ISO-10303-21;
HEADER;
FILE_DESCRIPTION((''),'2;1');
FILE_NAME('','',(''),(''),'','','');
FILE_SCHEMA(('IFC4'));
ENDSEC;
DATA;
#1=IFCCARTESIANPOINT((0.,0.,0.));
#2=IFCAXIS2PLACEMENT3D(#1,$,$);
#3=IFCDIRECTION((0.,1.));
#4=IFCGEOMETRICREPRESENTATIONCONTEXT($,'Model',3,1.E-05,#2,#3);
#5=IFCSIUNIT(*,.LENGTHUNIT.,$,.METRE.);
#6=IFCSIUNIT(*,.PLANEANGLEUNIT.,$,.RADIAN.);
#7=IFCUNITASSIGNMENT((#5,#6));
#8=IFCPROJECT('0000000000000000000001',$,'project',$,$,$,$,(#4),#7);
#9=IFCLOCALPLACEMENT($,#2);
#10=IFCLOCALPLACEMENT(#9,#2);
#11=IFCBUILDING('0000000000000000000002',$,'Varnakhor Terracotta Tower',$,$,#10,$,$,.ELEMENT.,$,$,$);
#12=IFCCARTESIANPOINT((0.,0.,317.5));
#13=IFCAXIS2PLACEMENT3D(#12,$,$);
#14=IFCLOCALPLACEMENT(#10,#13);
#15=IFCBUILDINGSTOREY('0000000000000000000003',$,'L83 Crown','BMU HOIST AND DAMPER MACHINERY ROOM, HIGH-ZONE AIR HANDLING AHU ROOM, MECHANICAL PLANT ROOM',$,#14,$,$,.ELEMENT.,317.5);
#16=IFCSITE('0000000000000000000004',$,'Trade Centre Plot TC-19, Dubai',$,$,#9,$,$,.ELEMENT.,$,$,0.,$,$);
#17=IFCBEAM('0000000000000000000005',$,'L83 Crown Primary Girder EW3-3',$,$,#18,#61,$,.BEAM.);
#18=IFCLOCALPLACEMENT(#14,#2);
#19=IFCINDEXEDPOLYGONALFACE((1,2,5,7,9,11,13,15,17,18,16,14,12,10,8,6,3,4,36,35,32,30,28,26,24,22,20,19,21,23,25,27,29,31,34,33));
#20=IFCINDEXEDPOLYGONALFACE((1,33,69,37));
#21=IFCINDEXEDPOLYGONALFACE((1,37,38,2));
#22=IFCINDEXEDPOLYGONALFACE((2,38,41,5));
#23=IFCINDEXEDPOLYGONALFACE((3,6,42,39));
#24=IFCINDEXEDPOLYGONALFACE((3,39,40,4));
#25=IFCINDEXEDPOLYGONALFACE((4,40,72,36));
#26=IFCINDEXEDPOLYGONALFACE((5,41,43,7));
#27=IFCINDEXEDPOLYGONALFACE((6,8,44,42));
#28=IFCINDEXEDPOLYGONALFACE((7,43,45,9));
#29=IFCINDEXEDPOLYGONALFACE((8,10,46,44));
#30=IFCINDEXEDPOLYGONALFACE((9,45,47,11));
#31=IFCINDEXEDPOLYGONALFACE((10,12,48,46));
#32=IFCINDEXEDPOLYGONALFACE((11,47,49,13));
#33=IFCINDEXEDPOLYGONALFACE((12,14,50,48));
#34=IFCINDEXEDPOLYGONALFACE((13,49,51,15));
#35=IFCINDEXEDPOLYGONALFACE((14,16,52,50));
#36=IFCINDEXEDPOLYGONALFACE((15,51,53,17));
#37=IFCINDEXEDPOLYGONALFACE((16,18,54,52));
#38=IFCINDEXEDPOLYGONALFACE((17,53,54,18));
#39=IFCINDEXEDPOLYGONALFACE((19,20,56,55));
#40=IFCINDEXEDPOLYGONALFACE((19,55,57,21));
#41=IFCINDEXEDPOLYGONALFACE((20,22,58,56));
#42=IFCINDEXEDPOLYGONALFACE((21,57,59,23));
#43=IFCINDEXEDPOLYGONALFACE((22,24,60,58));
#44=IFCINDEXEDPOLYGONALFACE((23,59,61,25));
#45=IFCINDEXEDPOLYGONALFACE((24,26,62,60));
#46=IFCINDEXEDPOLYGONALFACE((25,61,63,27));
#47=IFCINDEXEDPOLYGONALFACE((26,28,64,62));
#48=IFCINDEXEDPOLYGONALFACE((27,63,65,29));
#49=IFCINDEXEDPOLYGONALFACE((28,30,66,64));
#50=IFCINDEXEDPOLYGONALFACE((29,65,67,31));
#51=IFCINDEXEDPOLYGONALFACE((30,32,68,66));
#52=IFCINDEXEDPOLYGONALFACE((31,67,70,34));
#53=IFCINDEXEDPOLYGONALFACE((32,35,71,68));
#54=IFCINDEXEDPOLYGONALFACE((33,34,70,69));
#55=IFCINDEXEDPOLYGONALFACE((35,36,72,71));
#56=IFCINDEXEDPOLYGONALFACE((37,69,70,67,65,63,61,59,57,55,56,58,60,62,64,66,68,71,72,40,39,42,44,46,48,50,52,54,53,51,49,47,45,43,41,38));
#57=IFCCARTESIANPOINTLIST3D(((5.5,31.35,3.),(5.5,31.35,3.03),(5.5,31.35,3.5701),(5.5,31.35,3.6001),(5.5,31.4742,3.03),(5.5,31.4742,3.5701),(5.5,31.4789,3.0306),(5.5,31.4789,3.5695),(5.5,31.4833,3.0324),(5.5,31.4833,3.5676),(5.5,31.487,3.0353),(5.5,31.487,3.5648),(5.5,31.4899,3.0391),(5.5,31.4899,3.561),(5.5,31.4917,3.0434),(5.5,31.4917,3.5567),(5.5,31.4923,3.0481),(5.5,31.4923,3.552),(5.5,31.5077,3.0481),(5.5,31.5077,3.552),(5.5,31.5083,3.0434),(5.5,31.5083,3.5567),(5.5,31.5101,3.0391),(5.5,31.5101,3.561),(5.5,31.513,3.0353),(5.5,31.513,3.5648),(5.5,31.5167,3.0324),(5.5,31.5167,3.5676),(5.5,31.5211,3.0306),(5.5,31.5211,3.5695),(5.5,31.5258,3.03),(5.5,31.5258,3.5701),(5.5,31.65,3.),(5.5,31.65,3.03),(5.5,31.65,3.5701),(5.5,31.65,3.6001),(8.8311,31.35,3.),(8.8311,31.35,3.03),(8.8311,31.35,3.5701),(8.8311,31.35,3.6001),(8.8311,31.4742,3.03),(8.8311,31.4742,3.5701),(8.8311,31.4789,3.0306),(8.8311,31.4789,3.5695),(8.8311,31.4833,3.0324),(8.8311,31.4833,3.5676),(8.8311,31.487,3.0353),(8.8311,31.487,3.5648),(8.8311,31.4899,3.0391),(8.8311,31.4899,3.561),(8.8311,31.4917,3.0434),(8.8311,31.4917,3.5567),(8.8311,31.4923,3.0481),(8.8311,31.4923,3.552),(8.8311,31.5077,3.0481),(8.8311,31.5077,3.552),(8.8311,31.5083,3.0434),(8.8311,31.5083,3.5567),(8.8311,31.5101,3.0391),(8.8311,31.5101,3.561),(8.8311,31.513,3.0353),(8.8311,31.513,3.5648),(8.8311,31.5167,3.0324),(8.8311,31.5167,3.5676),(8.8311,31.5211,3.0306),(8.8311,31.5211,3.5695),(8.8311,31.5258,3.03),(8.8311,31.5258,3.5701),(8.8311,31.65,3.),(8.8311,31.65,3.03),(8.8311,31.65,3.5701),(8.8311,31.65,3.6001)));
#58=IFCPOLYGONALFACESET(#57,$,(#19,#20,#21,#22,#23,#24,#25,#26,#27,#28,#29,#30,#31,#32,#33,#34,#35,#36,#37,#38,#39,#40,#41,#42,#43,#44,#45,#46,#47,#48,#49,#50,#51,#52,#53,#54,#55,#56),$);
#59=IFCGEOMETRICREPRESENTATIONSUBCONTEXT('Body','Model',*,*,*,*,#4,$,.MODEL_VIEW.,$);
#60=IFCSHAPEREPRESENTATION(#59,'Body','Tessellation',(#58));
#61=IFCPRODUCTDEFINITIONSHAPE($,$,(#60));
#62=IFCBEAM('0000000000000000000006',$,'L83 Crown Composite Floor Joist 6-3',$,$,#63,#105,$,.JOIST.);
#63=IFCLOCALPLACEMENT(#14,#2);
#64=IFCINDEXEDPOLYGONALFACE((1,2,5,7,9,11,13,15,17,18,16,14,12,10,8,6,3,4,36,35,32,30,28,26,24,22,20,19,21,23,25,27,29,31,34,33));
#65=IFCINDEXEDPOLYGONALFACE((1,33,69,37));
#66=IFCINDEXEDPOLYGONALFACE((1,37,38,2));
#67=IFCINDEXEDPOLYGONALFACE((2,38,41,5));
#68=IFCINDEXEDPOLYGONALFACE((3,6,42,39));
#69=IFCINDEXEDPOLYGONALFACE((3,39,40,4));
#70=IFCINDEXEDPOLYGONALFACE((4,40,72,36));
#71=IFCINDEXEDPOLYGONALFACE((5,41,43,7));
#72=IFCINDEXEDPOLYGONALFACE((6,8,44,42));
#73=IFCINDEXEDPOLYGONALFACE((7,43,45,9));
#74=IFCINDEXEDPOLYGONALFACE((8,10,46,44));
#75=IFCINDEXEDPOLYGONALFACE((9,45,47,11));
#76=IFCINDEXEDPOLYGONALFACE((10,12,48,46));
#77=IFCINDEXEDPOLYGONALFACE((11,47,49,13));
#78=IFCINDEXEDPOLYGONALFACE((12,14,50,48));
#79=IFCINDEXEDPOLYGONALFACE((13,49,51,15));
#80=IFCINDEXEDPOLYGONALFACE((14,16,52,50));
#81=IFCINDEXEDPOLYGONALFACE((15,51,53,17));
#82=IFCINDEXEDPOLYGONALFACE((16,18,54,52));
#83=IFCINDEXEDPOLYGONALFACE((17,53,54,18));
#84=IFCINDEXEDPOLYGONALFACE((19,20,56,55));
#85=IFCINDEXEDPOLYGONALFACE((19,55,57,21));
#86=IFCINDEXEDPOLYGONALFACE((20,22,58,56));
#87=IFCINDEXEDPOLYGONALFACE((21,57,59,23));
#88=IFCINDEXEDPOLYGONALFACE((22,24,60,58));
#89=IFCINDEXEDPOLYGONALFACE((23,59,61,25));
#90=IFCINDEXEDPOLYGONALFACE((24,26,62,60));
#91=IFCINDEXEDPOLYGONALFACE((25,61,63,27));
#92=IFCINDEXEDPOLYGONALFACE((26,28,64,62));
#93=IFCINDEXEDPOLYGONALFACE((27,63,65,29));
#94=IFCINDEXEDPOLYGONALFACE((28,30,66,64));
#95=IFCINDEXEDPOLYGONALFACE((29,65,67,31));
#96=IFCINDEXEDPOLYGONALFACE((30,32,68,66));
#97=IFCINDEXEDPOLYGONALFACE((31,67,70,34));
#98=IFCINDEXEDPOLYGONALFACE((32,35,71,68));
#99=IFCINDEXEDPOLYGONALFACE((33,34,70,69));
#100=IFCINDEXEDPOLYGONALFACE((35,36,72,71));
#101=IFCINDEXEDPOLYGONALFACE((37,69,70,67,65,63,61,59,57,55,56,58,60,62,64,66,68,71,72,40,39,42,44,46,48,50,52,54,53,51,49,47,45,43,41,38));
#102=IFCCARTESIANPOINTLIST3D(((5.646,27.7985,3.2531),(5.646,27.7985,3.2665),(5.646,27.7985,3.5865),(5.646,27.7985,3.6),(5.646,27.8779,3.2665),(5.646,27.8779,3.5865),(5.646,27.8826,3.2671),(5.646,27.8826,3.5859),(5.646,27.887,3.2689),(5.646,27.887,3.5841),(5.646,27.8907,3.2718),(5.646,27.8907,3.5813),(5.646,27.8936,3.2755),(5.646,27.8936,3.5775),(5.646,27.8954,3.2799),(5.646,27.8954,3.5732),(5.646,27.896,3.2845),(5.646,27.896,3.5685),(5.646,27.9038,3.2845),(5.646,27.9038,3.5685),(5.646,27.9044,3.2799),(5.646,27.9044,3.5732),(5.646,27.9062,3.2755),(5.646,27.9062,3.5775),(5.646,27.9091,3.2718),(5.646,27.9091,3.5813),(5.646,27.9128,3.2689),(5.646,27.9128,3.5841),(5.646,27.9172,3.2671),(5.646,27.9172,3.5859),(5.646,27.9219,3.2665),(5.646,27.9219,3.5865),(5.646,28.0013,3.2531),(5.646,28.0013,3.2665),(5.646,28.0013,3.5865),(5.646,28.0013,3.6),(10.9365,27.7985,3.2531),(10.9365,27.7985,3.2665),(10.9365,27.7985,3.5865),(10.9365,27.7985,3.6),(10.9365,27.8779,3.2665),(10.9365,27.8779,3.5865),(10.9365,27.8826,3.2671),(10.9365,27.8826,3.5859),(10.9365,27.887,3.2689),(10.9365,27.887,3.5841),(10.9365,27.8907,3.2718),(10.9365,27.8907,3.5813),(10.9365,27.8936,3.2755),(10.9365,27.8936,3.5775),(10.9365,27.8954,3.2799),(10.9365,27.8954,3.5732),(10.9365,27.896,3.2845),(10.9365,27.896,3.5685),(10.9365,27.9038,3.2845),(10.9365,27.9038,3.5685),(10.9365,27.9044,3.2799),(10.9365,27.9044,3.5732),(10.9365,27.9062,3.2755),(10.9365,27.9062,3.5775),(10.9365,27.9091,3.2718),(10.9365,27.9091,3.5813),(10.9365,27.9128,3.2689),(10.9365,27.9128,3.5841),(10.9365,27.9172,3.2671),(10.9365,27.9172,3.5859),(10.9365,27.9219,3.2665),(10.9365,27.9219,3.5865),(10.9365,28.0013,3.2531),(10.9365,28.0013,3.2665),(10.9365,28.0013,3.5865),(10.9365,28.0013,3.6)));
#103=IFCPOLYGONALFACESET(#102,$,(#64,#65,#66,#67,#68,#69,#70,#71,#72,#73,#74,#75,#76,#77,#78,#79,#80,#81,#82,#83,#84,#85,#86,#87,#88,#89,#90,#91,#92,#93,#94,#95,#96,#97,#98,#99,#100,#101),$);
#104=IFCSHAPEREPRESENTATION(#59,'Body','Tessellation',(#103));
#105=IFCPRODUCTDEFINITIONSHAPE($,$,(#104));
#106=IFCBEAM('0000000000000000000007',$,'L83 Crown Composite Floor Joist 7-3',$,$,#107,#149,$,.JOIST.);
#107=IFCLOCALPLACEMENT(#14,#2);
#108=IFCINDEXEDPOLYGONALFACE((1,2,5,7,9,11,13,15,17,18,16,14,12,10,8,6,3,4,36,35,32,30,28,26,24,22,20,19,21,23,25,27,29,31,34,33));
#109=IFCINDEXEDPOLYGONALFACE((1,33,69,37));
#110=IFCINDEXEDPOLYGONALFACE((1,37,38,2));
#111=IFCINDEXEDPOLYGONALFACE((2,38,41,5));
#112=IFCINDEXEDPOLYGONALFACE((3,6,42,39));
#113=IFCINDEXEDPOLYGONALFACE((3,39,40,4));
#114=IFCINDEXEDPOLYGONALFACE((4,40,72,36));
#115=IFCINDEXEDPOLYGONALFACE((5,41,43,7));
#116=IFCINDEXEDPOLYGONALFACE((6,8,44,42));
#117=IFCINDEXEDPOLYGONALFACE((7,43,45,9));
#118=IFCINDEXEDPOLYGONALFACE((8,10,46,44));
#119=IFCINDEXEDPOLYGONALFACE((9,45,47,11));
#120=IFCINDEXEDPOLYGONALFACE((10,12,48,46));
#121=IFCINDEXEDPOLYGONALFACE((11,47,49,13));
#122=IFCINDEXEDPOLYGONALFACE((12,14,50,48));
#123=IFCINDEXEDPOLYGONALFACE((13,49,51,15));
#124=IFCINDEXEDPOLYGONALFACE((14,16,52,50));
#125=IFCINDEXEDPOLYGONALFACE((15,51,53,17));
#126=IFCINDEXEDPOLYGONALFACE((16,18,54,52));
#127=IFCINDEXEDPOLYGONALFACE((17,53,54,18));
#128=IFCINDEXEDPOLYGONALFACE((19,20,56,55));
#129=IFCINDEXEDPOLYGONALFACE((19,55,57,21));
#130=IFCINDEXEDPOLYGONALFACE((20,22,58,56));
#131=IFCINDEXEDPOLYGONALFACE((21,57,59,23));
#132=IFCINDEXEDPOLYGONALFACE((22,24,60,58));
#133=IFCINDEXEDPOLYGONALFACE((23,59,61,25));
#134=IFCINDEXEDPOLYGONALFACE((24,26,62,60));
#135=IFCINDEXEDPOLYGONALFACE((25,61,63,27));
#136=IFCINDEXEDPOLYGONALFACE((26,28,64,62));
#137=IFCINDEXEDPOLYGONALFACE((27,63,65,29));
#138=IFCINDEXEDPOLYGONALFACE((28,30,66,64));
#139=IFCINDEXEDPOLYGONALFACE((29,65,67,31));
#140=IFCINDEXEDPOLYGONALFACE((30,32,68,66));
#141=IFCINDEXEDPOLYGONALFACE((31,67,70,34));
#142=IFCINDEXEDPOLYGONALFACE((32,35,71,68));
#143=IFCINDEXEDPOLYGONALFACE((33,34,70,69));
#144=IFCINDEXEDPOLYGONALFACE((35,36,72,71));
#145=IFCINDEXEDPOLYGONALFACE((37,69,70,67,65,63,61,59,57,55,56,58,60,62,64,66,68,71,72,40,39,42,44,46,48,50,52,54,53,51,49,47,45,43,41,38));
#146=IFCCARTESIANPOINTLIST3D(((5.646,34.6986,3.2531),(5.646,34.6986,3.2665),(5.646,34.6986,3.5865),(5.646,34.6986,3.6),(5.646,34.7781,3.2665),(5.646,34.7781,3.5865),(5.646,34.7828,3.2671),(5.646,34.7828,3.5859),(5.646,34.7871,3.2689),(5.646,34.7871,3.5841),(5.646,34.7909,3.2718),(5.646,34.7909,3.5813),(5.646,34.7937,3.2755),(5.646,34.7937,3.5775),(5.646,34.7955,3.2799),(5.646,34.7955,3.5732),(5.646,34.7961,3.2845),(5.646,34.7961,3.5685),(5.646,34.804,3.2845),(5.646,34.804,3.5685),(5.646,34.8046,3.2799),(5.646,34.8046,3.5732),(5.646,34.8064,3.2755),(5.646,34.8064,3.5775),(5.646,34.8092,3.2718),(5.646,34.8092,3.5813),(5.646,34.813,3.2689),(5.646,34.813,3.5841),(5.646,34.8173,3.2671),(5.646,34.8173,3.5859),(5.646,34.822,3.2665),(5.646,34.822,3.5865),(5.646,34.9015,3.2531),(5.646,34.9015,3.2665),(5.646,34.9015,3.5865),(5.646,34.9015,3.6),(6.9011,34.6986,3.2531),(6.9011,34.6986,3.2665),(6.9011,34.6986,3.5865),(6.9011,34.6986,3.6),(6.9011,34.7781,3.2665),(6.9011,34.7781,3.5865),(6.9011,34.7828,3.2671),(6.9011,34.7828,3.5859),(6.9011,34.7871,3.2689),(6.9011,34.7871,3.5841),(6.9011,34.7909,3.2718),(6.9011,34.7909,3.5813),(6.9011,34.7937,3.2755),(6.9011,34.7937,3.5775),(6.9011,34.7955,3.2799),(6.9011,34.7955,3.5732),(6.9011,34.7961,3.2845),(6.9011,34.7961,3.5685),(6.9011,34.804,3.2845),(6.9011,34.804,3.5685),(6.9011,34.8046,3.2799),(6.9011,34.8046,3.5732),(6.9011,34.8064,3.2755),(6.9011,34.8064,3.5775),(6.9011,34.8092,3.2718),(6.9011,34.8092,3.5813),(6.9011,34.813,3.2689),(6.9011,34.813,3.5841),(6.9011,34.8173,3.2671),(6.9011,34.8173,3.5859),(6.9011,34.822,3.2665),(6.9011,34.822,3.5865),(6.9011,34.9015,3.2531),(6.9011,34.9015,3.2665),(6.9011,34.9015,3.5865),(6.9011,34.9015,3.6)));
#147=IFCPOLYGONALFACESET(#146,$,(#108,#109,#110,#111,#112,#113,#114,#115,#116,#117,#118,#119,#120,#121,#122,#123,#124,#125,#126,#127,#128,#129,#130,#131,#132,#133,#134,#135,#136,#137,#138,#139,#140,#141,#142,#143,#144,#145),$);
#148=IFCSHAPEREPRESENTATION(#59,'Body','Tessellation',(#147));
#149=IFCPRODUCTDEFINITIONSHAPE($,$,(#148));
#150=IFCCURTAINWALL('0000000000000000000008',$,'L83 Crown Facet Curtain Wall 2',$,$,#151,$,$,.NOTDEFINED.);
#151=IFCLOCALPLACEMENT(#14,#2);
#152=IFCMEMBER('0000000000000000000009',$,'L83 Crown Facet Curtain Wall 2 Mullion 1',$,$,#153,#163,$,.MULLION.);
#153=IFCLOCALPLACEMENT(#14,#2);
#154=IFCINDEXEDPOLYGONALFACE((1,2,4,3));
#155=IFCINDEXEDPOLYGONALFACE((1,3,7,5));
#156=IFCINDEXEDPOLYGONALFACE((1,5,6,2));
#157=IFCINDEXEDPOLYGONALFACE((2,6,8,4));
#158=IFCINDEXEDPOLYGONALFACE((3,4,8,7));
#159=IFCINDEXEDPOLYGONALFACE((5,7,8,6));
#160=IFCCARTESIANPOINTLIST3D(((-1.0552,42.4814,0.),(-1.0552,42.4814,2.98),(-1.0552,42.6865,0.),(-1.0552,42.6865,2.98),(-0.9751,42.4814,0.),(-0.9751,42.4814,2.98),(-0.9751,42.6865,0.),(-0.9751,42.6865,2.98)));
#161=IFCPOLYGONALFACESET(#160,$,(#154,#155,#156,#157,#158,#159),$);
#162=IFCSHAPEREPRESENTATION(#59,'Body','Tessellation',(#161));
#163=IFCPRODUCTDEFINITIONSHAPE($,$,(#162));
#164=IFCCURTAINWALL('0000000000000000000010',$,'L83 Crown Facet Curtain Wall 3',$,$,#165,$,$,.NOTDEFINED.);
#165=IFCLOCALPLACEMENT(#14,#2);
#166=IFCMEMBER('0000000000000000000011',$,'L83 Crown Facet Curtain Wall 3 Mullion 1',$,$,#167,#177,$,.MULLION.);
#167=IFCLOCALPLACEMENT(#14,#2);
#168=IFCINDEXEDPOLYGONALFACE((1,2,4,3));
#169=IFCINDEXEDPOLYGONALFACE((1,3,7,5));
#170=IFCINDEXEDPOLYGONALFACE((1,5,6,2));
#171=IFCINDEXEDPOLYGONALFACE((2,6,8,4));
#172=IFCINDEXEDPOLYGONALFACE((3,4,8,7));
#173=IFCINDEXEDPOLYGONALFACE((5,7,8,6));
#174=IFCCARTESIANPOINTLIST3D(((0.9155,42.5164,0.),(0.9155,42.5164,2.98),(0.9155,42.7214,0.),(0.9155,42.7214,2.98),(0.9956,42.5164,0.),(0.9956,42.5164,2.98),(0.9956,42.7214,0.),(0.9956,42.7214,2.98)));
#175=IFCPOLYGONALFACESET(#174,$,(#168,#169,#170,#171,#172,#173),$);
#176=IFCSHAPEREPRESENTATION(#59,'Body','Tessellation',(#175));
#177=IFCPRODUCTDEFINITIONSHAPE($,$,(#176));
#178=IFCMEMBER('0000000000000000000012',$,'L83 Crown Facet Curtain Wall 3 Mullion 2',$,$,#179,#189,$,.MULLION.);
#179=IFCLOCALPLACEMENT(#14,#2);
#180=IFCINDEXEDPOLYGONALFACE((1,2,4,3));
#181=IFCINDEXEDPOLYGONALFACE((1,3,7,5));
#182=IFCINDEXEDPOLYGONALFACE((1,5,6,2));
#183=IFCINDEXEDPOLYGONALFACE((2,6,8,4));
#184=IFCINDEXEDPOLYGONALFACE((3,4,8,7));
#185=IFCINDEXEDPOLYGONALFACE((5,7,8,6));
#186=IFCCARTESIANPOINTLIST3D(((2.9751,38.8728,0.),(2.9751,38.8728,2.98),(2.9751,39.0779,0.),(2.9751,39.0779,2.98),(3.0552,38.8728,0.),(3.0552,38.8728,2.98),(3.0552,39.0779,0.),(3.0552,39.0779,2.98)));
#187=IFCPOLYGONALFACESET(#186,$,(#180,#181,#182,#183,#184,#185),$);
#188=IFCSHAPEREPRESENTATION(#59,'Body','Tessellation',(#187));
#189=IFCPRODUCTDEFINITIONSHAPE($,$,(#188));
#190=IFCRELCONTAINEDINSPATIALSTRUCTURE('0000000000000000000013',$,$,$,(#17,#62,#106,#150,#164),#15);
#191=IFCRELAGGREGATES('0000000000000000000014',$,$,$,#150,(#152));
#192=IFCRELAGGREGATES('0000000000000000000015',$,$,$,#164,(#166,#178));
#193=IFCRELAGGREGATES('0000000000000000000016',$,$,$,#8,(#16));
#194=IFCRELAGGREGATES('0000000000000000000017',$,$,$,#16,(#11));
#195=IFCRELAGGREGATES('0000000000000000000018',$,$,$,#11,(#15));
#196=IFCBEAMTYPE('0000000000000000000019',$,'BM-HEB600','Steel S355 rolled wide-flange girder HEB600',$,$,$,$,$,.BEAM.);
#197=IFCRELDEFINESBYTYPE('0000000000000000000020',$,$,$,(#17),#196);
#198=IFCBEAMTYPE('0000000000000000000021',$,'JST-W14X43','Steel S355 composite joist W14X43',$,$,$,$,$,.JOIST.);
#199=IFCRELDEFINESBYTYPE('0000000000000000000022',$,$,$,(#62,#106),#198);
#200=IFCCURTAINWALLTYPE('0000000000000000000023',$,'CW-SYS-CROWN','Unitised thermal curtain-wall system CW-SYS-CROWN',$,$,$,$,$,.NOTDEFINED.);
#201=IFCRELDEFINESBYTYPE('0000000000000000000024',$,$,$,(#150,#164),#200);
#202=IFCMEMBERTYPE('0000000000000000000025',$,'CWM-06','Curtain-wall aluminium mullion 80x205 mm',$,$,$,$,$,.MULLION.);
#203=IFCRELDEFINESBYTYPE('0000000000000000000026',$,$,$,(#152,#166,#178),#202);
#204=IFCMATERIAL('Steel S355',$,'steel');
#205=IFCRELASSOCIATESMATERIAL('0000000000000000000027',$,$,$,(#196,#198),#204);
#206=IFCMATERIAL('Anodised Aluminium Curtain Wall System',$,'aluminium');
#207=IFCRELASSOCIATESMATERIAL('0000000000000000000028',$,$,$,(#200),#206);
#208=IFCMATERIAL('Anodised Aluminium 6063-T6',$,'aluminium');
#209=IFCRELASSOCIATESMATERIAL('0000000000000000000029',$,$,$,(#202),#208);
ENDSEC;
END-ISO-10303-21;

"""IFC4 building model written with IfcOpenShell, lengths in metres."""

from ifc_helpers import new_model, si_unit, direction, frame, origin, origin_2d, place, context, subcontext, project, spatial, rectangle, i_section, extrude, source, transform, mapped, material, material_profile, profile_set, type_object, type_shapes, element, aggregate, save


model = new_model("IFC4")

# Units and contexts
model_context = context("Model", 3, precision=1e-05, world=origin(), true_north=direction((0.0, 1.0)))
body_context = subcontext(model_context, "Body", "Model", "MODEL_VIEW")
ifc_project = project(units=[si_unit("LENGTHUNIT", "METRE"), si_unit("PLANEANGLEUNIT", "RADIAN")], contexts=[model_context])

# Site, building, storey
site_placement = place(None, origin())
site = spatial("IfcSite", under=ifc_project, at=site_placement, Name="Trade Centre Plot TC-19, Dubai", CompositionType="ELEMENT", RefElevation=0.0)
building_placement = place(site_placement, origin())
building = spatial("IfcBuilding", under=site, at=building_placement, Name="Varnakhor Terracotta Tower", CompositionType="ELEMENT")
storey_placement = place(building_placement, frame((0.0, 0.0, 317.5)))
storey = spatial("IfcBuildingStorey", under=building, at=storey_placement, Name="L83 Crown", Description="BMU HOIST AND DAMPER MACHINERY ROOM, HIGH-ZONE AIR HANDLING AHU ROOM, MECHANICAL PLANT ROOM", CompositionType="ELEMENT", Elevation=317.5)

# Shared definitions
ifc_material_1 = material(Name="Steel S355", Category="steel")

# Beams
ifc_material_profile_1 = material_profile(ifc_material_1, i_section(OverallWidth=0.3, OverallDepth=0.6001, WebThickness=0.0154, FlangeThickness=0.03, FilletRadius=0.0181, at=origin_2d()), Name="HEB600")
ifc_profile_set_1 = profile_set([ifc_material_profile_1], Name="Steel S355")
beam_type_1 = type_object("IfcBeamType", Name="BM-HEB600", Description="Steel S355 rolled wide-flange girder HEB600", PredefinedType="BEAM", material=ifc_profile_set_1)
shared_shape_1 = source(origin(), body_context, "Body", "SweptSolid", [
    extrude(i_section(OverallWidth=0.3, OverallDepth=0.6001, WebThickness=0.0154, FlangeThickness=0.03, FilletRadius=0.0181, at=origin_2d()), origin(), (0.0, 0.0, 1.0), 3.3311),
])
beam_1_placement = place(storey_placement, frame((5.5, 31.5, 3.3), z_axis=(1.0, 0.0, 0.0), x_axis=(0.0, 1.0, 0.0)))
element("IfcBeam", 1, at=beam_1_placement, inside=storey, type_object=beam_type_1, Name="L83 Crown Primary Girder EW3-3", PredefinedType="BEAM", context=body_context, shape_type="MappedRepresentation", body=[
    mapped(shared_shape_1, transform((0.0, 0.0, 0.0), scale=1.0)),
])
ifc_material_profile_2 = material_profile(ifc_material_1, i_section(OverallWidth=0.2029, OverallDepth=0.3469, WebThickness=0.0078, FlangeThickness=0.0134, FilletRadius=0.0181, at=origin_2d()), Name="W14X43")
ifc_profile_set_2 = profile_set([ifc_material_profile_2], Name="Steel S355")
beam_type_2 = type_object("IfcBeamType", Name="JST-W14X43", Description="Steel S355 composite joist W14X43", PredefinedType="JOIST", material=ifc_profile_set_2)
shared_shape_2 = source(origin(), body_context, "Body", "SweptSolid", [
    extrude(i_section(OverallWidth=0.2029, OverallDepth=0.3469, WebThickness=0.0078, FlangeThickness=0.0134, FilletRadius=0.0181, at=origin_2d()), origin(), (0.0, 0.0, 1.0), 5.2905),
])
beam_2_placement = place(storey_placement, frame((5.646, 27.8999, 3.4265), z_axis=(1.0, 0.0, 0.0), x_axis=(0.0, 1.0, 0.0)))
element("IfcBeam", 2, at=beam_2_placement, inside=storey, type_object=beam_type_2, Name="L83 Crown Composite Floor Joist 6-3", PredefinedType="JOIST", context=body_context, shape_type="MappedRepresentation", body=[
    mapped(shared_shape_2, transform((0.0, 0.0, 0.0), scale=1.0)),
])
shared_shape_3 = source(origin(), body_context, "Body", "SweptSolid", [
    extrude(i_section(OverallWidth=0.2029, OverallDepth=0.3469, WebThickness=0.0078, FlangeThickness=0.0134, FilletRadius=0.0181, at=origin_2d()), origin(), (0.0, 0.0, 1.0), 1.2551),
])
beam_3_placement = place(storey_placement, frame((5.646, 34.8, 3.4265), z_axis=(1.0, 0.0, 0.0), x_axis=(0.0, 1.0, 0.0)))
element("IfcBeam", 3, at=beam_3_placement, inside=storey, type_object=beam_type_2, Name="L83 Crown Composite Floor Joist 7-3", PredefinedType="JOIST", context=body_context, shape_type="MappedRepresentation", body=[
    mapped(shared_shape_3, transform((0.0, 0.0, 0.0), scale=1.0)),
])

# Curtain wall, member
ifc_material_2 = material(Name="Anodised Aluminium Curtain Wall System", Category="aluminium")
curtain_wall_type = type_object("IfcCurtainWallType", Name="CW-SYS-CROWN", Description="Unitised thermal curtain-wall system CW-SYS-CROWN", PredefinedType="NOTDEFINED", material=ifc_material_2)
curtain_wall_1_placement = place(storey_placement, origin())
curtain_wall_1 = element("IfcCurtainWall", 4, at=curtain_wall_1_placement, inside=storey, type_object=curtain_wall_type, Name="L83 Crown Facet Curtain Wall 2", PredefinedType="NOTDEFINED")
ifc_material_3 = material(Name="Anodised Aluminium 6063-T6", Category="aluminium")
ifc_material_profile_3 = material_profile(ifc_material_3, rectangle(XDim=0.0801, YDim=0.2051, at=origin_2d()), Name="ALU MULLION 80x205")
ifc_profile_set_3 = profile_set([ifc_material_profile_3], Name="Anodised Aluminium 6063-T6")
member_type_1 = type_object("IfcMemberType", Name="CWM-06", Description="Curtain-wall aluminium mullion 80x205 mm", PredefinedType="MULLION", material=ifc_profile_set_3)
shared_shape_4 = source(origin(), body_context, "Body", "SweptSolid", [
    extrude(rectangle(XDim=0.0801, YDim=0.2051, at=origin_2d()), origin(), (0.0, 0.0, 1.0), 2.98),
])
type_shapes(member_type_1, [shared_shape_4])
member_1_placement = place(storey_placement, frame((-1.0151, 42.584, 0.0), z_axis=(0.0, 0.0, 1.0), x_axis=(1.0, 0.0, 0.0)))
member_1 = element("IfcMember", 5, at=member_1_placement, type_object=member_type_1, Name="L83 Crown Facet Curtain Wall 2 Mullion 1", PredefinedType="MULLION", context=body_context, shape_type="MappedRepresentation", body=[
    mapped(shared_shape_4, transform((0.0, 0.0, 0.0), scale=1.0)),
])

# Curtain wall, members
curtain_wall_2_placement = place(storey_placement, origin())
curtain_wall_2 = element("IfcCurtainWall", 6, at=curtain_wall_2_placement, inside=storey, type_object=curtain_wall_type, Name="L83 Crown Facet Curtain Wall 3", PredefinedType="NOTDEFINED")
member_2_placement = place(storey_placement, frame((0.9556, 42.6189, 0.0), z_axis=(0.0, 0.0, 1.0), x_axis=(1.0, 0.0, 0.0)))
member_2 = element("IfcMember", 7, at=member_2_placement, type_object=member_type_1, Name="L83 Crown Facet Curtain Wall 3 Mullion 1", PredefinedType="MULLION", context=body_context, shape_type="MappedRepresentation", body=[
    mapped(shared_shape_4, transform((0.0, 0.0, 0.0), scale=1.0)),
])
member_3_placement = place(storey_placement, frame((3.0151, 38.9753, 0.0), z_axis=(0.0, 0.0, 1.0), x_axis=(1.0, 0.0, 0.0)))
member_3 = element("IfcMember", 8, at=member_3_placement, type_object=member_type_1, Name="L83 Crown Facet Curtain Wall 3 Mullion 2", PredefinedType="MULLION", context=body_context, shape_type="MappedRepresentation", body=[
    mapped(shared_shape_4, transform((0.0, 0.0, 0.0), scale=1.0)),
])

aggregate(curtain_wall_1, [member_1])
aggregate(curtain_wall_2, [member_2, member_3])

save(model, "model.ifc")
